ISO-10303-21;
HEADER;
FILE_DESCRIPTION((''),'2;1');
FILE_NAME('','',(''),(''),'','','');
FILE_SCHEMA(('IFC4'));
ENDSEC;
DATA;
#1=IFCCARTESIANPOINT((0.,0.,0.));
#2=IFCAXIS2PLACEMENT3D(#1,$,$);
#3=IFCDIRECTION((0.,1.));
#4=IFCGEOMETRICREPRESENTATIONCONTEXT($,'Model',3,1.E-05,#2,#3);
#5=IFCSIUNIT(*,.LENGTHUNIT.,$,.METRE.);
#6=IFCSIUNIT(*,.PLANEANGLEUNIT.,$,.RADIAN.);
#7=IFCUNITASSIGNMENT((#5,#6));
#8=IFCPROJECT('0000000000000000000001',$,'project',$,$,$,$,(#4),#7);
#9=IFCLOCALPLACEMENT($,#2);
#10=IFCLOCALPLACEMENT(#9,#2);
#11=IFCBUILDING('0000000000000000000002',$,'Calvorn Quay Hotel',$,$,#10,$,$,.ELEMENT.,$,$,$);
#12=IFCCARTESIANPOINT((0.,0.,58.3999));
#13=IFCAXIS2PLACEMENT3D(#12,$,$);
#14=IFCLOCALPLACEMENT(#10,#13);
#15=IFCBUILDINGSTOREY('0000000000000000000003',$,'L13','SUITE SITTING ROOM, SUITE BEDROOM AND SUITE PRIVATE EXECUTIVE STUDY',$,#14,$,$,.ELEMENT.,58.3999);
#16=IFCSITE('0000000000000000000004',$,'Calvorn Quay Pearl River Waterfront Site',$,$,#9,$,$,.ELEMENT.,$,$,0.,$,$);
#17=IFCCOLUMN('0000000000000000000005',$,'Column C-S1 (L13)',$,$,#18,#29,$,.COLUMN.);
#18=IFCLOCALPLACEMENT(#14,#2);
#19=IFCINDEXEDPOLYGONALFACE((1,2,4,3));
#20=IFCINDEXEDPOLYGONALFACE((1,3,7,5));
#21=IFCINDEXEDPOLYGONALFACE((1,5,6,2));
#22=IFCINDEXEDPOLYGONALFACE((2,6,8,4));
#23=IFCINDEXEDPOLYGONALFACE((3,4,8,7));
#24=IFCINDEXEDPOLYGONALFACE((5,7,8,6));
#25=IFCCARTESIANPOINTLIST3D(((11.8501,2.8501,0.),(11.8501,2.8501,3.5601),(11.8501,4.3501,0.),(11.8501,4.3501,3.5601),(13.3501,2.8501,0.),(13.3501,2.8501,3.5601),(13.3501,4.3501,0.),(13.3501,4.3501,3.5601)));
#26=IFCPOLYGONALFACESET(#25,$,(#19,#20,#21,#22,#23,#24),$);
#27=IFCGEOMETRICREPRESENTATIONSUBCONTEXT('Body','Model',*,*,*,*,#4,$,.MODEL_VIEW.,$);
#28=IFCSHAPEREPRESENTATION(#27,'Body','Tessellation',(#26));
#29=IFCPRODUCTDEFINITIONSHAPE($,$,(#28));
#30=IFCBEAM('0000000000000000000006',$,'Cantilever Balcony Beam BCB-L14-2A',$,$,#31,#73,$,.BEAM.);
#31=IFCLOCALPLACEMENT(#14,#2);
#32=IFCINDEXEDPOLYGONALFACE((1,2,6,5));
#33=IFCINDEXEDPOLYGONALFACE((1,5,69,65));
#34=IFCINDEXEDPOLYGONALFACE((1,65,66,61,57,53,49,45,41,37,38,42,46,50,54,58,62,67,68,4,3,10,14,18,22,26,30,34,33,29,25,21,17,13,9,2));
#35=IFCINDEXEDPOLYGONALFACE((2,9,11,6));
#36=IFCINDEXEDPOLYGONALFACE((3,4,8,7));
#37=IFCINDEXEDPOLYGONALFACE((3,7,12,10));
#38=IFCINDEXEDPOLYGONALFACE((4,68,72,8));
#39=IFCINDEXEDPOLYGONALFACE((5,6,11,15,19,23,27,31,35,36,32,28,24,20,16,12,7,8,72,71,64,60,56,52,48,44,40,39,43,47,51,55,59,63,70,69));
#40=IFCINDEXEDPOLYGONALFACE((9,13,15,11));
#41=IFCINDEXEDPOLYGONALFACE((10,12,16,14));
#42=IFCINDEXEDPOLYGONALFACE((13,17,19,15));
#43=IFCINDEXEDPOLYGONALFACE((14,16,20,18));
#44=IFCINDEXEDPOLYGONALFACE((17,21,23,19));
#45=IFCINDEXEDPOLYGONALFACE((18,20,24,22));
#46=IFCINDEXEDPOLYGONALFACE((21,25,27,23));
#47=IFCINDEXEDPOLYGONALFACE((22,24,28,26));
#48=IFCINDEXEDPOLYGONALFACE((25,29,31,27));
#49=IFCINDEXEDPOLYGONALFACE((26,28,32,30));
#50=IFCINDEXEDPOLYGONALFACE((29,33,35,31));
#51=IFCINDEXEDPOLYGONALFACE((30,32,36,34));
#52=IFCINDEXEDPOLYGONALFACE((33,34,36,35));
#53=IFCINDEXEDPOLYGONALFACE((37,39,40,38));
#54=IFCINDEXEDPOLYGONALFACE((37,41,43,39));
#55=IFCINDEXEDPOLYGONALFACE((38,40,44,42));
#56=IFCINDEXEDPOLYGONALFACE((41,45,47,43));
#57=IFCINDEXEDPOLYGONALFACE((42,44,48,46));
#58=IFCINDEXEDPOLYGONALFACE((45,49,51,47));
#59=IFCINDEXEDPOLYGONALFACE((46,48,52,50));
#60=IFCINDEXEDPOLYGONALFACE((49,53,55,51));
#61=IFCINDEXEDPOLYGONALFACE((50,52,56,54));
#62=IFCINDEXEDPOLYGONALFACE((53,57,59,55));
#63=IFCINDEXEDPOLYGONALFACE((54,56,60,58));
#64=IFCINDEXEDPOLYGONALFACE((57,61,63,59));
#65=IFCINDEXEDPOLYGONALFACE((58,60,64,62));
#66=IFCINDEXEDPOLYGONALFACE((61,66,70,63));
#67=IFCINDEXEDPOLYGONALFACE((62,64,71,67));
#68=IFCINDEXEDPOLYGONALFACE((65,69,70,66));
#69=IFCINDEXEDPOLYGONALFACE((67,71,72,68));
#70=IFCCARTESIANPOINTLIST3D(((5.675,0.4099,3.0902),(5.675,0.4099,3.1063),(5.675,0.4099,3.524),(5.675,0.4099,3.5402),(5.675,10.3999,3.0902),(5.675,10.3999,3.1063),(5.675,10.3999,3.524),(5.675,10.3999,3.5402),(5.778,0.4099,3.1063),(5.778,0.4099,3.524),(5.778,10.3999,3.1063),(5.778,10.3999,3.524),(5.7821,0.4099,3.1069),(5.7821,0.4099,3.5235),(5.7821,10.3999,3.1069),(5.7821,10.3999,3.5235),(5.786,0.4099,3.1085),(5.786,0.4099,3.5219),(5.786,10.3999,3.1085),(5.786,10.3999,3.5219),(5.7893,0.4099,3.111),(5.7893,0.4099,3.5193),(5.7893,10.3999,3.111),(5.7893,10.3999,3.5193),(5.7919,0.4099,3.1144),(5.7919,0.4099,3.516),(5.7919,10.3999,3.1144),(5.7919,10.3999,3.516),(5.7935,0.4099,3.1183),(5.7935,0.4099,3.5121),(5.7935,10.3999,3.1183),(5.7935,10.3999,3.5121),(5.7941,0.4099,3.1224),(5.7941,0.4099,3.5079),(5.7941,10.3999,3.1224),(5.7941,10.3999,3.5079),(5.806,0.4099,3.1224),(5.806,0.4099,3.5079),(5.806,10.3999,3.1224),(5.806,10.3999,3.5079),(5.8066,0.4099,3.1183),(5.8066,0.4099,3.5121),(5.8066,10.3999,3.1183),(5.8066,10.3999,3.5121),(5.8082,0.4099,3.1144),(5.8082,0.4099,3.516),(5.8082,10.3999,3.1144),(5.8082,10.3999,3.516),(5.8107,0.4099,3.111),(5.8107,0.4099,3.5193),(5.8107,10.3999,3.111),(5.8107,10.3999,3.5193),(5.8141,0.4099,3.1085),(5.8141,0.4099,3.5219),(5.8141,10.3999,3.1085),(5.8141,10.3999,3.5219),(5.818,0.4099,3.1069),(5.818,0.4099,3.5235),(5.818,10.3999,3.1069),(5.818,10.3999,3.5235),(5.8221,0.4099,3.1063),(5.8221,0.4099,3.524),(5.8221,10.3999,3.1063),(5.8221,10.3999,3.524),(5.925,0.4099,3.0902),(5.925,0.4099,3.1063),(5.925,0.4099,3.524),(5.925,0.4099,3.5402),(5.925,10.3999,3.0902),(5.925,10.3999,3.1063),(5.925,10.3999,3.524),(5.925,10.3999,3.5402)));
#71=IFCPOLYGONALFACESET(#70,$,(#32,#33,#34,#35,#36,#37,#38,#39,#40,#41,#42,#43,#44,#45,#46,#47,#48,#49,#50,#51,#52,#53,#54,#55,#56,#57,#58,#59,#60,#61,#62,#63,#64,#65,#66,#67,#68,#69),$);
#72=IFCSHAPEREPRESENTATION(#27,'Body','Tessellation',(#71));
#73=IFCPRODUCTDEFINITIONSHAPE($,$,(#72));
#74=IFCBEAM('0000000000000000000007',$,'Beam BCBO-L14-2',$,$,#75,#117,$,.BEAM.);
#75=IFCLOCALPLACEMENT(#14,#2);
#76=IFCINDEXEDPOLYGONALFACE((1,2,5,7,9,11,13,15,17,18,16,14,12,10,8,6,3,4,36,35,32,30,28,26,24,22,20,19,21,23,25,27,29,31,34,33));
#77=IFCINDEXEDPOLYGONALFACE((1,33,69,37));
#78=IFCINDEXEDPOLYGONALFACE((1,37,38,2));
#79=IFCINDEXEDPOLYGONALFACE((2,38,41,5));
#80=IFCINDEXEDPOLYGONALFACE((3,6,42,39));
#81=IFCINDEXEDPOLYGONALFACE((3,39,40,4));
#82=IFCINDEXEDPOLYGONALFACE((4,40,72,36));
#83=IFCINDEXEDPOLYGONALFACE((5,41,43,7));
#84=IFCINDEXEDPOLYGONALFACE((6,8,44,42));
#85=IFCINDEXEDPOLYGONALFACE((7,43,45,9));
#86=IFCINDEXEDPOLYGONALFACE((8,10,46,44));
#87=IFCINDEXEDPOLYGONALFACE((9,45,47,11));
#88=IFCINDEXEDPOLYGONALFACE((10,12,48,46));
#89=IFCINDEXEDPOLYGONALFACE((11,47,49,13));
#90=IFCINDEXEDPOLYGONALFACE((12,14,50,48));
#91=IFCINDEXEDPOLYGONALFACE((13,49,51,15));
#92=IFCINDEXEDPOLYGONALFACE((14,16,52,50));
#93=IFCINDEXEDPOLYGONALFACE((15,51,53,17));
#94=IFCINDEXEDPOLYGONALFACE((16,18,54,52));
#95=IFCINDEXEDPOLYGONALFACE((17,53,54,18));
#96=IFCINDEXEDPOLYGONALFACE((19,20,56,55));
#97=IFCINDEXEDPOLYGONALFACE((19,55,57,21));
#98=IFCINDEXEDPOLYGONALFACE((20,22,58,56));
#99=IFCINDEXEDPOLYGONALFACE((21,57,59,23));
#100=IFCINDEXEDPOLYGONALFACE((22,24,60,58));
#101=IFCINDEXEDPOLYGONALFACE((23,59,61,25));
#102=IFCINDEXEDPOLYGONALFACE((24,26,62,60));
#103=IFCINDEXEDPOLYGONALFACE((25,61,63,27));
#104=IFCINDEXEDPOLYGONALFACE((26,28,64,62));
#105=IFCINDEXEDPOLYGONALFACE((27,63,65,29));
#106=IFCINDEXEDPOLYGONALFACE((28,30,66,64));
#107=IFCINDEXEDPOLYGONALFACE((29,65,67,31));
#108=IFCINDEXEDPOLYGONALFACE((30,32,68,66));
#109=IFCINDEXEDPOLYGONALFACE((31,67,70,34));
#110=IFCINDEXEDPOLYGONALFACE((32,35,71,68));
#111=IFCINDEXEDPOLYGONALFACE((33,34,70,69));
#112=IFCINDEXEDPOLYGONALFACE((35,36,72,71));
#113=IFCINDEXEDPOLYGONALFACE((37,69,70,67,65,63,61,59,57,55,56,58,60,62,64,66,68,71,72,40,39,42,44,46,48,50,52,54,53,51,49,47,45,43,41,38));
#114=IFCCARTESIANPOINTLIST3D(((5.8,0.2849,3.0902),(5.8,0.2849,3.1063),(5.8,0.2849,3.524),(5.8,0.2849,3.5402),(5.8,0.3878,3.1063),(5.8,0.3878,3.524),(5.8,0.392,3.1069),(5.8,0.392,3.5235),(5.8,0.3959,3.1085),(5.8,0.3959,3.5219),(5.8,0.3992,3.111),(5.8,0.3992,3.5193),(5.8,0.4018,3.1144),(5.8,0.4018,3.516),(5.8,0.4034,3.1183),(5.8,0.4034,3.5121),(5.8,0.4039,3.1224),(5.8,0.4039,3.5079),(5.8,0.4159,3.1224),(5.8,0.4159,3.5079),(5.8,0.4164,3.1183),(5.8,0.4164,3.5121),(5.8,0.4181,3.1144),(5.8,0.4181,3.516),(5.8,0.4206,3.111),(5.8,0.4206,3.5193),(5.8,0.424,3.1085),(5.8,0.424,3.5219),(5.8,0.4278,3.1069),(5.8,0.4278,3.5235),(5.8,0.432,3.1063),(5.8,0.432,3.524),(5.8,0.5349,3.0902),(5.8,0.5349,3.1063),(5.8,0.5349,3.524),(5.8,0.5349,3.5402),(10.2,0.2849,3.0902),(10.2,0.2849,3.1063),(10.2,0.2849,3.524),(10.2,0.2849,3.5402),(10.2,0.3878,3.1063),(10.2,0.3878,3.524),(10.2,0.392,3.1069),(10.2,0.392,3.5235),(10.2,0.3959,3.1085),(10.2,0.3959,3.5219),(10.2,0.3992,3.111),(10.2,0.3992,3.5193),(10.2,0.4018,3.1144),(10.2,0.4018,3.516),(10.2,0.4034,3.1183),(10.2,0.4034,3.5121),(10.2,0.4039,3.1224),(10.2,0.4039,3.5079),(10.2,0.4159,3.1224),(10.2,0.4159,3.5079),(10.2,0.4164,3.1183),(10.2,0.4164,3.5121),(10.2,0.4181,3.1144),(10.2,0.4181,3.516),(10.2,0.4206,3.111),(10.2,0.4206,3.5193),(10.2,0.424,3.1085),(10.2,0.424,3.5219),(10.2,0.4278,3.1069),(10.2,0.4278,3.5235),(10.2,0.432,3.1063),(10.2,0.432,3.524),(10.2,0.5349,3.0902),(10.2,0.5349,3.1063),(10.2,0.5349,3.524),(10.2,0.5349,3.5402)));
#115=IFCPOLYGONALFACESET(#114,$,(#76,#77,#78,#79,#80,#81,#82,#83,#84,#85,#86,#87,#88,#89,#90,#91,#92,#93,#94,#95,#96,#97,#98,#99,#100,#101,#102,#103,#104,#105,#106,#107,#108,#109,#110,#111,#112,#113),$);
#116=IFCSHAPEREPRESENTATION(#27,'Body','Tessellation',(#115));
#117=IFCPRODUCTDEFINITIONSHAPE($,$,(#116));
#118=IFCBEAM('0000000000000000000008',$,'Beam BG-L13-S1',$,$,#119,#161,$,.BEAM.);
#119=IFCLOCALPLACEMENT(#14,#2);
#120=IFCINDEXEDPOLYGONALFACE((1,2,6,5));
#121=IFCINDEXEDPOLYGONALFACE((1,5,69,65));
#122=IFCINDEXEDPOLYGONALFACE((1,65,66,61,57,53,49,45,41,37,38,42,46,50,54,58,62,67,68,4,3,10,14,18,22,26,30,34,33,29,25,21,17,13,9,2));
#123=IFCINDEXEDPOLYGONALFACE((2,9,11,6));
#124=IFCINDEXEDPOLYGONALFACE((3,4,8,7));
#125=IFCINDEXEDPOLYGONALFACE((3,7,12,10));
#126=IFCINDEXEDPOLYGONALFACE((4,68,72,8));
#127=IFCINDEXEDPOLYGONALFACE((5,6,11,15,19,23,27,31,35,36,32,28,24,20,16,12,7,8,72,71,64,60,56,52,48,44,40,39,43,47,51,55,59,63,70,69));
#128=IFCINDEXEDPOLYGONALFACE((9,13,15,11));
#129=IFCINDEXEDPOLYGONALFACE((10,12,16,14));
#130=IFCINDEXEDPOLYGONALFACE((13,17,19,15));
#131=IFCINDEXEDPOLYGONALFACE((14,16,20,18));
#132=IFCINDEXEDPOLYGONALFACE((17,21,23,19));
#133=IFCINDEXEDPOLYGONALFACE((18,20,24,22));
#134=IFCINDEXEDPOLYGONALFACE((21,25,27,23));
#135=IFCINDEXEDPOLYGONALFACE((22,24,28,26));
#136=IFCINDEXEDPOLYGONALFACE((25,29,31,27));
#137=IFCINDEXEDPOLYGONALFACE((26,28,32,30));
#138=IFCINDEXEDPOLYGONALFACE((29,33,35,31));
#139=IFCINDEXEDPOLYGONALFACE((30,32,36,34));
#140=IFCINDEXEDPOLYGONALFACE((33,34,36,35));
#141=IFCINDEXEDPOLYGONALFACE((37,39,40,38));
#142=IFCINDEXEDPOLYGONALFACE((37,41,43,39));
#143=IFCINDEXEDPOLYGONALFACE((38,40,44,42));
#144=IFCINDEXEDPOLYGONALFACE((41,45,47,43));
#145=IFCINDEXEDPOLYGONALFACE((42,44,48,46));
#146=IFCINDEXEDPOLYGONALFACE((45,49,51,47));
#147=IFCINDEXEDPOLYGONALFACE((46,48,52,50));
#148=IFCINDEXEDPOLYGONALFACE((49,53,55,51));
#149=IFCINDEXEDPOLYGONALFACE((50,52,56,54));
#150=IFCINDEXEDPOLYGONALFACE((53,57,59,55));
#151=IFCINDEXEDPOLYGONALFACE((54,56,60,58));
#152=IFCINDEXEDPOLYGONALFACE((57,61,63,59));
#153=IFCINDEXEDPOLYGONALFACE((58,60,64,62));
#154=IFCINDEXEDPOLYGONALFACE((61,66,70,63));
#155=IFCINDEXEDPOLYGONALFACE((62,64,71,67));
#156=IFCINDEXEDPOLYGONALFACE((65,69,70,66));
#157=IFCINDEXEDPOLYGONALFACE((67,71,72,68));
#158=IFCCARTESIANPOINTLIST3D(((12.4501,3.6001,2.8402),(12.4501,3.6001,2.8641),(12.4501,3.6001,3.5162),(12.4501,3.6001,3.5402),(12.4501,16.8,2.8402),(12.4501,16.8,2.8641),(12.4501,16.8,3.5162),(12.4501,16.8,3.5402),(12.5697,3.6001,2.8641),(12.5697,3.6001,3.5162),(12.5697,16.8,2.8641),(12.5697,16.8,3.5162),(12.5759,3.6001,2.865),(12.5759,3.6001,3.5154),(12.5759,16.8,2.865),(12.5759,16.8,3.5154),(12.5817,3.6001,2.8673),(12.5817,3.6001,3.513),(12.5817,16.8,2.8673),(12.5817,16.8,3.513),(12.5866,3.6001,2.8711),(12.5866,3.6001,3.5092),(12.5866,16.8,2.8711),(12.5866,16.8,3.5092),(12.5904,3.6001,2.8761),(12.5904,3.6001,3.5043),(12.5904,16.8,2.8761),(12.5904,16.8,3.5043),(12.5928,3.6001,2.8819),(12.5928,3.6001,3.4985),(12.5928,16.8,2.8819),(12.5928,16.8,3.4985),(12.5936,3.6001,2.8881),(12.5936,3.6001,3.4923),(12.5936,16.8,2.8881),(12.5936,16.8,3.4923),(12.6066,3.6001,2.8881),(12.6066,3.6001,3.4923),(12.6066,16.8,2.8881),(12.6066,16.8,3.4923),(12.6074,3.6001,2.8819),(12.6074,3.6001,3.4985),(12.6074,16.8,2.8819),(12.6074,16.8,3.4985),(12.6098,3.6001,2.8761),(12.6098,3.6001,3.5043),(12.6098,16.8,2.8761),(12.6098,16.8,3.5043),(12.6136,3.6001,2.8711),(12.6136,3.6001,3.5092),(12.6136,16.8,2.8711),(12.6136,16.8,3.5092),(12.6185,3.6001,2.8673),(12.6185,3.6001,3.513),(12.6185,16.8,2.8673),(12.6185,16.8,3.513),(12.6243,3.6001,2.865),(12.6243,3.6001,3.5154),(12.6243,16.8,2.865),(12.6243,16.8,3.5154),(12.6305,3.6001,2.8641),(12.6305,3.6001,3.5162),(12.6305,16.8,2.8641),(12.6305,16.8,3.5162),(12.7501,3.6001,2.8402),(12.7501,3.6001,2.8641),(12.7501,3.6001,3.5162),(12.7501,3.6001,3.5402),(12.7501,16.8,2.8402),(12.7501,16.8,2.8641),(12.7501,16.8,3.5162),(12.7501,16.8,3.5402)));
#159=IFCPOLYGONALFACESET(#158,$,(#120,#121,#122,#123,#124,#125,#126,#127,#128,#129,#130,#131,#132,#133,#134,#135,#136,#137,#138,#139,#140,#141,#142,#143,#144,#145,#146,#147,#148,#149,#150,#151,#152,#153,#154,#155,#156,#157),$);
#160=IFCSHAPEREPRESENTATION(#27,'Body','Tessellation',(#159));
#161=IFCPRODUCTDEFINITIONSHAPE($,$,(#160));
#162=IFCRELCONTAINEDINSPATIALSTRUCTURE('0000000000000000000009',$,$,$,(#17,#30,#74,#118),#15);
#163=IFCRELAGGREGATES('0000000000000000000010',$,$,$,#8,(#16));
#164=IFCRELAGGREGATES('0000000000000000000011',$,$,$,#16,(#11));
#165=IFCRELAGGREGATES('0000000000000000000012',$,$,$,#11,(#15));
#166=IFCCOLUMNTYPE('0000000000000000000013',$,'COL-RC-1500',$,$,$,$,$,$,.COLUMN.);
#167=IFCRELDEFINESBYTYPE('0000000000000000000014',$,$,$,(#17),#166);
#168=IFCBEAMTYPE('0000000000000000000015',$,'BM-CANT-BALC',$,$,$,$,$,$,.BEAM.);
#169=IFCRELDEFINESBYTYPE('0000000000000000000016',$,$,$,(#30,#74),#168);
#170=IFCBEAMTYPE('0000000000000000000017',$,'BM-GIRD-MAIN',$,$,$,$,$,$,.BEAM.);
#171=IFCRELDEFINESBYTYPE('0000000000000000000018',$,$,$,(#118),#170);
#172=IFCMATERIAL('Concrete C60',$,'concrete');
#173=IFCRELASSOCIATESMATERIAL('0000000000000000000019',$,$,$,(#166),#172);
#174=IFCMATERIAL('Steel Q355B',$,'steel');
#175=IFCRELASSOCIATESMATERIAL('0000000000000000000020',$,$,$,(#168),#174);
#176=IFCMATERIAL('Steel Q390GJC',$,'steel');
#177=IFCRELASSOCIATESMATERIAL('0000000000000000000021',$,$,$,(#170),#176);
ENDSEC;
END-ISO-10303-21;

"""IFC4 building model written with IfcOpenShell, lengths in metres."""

from ifc_helpers import new_model, si_unit, direction, frame, origin, origin_2d, place, context, subcontext, project, spatial, rectangle, i_section, extrude, material, material_profile, profile_set, type_object, element, save


model = new_model("IFC4")

# Units and contexts
model_context = context("Model", 3, precision=1e-05, world=origin(), true_north=direction((0.0, 1.0)))
body_context = subcontext(model_context, "Body", "Model", "MODEL_VIEW")
ifc_project = project(units=[si_unit("LENGTHUNIT", "METRE"), si_unit("PLANEANGLEUNIT", "RADIAN")], contexts=[model_context])

# Site, building, storey
site_placement = place(None, origin())
site = spatial("IfcSite", under=ifc_project, at=site_placement, Name="Calvorn Quay Pearl River Waterfront Site", CompositionType="ELEMENT", RefElevation=0.0)
building_placement = place(site_placement, origin())
building = spatial("IfcBuilding", under=site, at=building_placement, Name="Calvorn Quay Hotel", CompositionType="ELEMENT")
storey_placement = place(building_placement, frame((0.0, 0.0, 58.3999)))
storey = spatial("IfcBuildingStorey", under=building, at=storey_placement, Name="L13", Description="SUITE SITTING ROOM, SUITE BEDROOM AND SUITE PRIVATE EXECUTIVE STUDY", CompositionType="ELEMENT", Elevation=58.3999)

# Column
ifc_material_1 = material(Name="Concrete C60", Category="concrete")
ifc_material_profile_1 = material_profile(ifc_material_1, rectangle(XDim=1.5, YDim=1.5, at=origin_2d()), Name="RC1500x1500")
ifc_profile_set_1 = profile_set([ifc_material_profile_1], Name="Concrete C60")
column_type = type_object("IfcColumnType", Name="COL-RC-1500", PredefinedType="COLUMN", material=ifc_profile_set_1)
column_placement = place(storey_placement, frame((12.6001, 3.6001, 0.0), z_axis=(0.0, 0.0, 1.0), x_axis=(1.0, 0.0, 0.0)))
element("IfcColumn", 1, at=column_placement, inside=storey, type_object=column_type, Name="Column C-S1 (L13)", PredefinedType="COLUMN", context=body_context, shape_type="SweptSolid", body=[
    extrude(rectangle(XDim=1.5, YDim=1.5, at=origin_2d()), origin(), (0.0, 0.0, 1.0), 3.5601),
])

# Beams
ifc_material_2 = material(Name="Steel Q355B", Category="steel")
ifc_material_profile_2 = material_profile(ifc_material_2, i_section(OverallWidth=0.25, OverallDepth=0.45, WebThickness=0.012, FlangeThickness=0.0161, FilletRadius=0.0161, at=origin_2d()), Name="HN450x250x12x16")
ifc_profile_set_2 = profile_set([ifc_material_profile_2], Name="Steel Q355B")
beam_type_1 = type_object("IfcBeamType", Name="BM-CANT-BALC", PredefinedType="BEAM", material=ifc_profile_set_2)
beam_1_placement = place(storey_placement, frame((5.8, 10.3999, 3.3152), z_axis=(0.0, -1.0, 0.0), x_axis=(1.0, 0.0, 0.0)))
element("IfcBeam", 2, at=beam_1_placement, inside=storey, type_object=beam_type_1, Name="Cantilever Balcony Beam BCB-L14-2A", PredefinedType="BEAM", context=body_context, shape_type="SweptSolid", body=[
    extrude(i_section(OverallWidth=0.25, OverallDepth=0.45, WebThickness=0.012, FlangeThickness=0.0161, FilletRadius=0.0161, at=origin_2d()), origin(), (0.0, 0.0, 1.0), 9.99),
])
beam_2_placement = place(storey_placement, frame((5.8, 0.4099, 3.3152), z_axis=(1.0, 0.0, 0.0), x_axis=(0.0, 1.0, 0.0)))
element("IfcBeam", 3, at=beam_2_placement, inside=storey, type_object=beam_type_1, Name="Beam BCBO-L14-2", PredefinedType="BEAM", context=body_context, shape_type="SweptSolid", body=[
    extrude(i_section(OverallWidth=0.25, OverallDepth=0.45, WebThickness=0.012, FlangeThickness=0.0161, FilletRadius=0.0161, at=origin_2d()), origin(), (0.0, 0.0, 1.0), 4.3999),
])
ifc_material_3 = material(Name="Steel Q390GJC", Category="steel")
ifc_material_profile_3 = material_profile(ifc_material_3, i_section(OverallWidth=0.3, OverallDepth=0.7, WebThickness=0.0129, FlangeThickness=0.0239, FilletRadius=0.0239, at=origin_2d()), Name="HN700x300x13x24")
ifc_profile_set_3 = profile_set([ifc_material_profile_3], Name="Steel Q390GJC")
beam_type_2 = type_object("IfcBeamType", Name="BM-GIRD-MAIN", PredefinedType="BEAM", material=ifc_profile_set_3)
beam_3_placement = place(storey_placement, frame((12.6001, 3.6001, 3.1902), z_axis=(0.0, 1.0, 0.0), x_axis=(-1.0, 0.0, 0.0)))
element("IfcBeam", 4, at=beam_3_placement, inside=storey, type_object=beam_type_2, Name="Beam BG-L13-S1", PredefinedType="BEAM", context=body_context, shape_type="SweptSolid", body=[
    extrude(i_section(OverallWidth=0.3, OverallDepth=0.7, WebThickness=0.0129, FlangeThickness=0.0239, FilletRadius=0.0239, at=origin_2d()), origin(), (0.0, 0.0, 1.0), 13.2),
])

save(model, "model.ifc")
